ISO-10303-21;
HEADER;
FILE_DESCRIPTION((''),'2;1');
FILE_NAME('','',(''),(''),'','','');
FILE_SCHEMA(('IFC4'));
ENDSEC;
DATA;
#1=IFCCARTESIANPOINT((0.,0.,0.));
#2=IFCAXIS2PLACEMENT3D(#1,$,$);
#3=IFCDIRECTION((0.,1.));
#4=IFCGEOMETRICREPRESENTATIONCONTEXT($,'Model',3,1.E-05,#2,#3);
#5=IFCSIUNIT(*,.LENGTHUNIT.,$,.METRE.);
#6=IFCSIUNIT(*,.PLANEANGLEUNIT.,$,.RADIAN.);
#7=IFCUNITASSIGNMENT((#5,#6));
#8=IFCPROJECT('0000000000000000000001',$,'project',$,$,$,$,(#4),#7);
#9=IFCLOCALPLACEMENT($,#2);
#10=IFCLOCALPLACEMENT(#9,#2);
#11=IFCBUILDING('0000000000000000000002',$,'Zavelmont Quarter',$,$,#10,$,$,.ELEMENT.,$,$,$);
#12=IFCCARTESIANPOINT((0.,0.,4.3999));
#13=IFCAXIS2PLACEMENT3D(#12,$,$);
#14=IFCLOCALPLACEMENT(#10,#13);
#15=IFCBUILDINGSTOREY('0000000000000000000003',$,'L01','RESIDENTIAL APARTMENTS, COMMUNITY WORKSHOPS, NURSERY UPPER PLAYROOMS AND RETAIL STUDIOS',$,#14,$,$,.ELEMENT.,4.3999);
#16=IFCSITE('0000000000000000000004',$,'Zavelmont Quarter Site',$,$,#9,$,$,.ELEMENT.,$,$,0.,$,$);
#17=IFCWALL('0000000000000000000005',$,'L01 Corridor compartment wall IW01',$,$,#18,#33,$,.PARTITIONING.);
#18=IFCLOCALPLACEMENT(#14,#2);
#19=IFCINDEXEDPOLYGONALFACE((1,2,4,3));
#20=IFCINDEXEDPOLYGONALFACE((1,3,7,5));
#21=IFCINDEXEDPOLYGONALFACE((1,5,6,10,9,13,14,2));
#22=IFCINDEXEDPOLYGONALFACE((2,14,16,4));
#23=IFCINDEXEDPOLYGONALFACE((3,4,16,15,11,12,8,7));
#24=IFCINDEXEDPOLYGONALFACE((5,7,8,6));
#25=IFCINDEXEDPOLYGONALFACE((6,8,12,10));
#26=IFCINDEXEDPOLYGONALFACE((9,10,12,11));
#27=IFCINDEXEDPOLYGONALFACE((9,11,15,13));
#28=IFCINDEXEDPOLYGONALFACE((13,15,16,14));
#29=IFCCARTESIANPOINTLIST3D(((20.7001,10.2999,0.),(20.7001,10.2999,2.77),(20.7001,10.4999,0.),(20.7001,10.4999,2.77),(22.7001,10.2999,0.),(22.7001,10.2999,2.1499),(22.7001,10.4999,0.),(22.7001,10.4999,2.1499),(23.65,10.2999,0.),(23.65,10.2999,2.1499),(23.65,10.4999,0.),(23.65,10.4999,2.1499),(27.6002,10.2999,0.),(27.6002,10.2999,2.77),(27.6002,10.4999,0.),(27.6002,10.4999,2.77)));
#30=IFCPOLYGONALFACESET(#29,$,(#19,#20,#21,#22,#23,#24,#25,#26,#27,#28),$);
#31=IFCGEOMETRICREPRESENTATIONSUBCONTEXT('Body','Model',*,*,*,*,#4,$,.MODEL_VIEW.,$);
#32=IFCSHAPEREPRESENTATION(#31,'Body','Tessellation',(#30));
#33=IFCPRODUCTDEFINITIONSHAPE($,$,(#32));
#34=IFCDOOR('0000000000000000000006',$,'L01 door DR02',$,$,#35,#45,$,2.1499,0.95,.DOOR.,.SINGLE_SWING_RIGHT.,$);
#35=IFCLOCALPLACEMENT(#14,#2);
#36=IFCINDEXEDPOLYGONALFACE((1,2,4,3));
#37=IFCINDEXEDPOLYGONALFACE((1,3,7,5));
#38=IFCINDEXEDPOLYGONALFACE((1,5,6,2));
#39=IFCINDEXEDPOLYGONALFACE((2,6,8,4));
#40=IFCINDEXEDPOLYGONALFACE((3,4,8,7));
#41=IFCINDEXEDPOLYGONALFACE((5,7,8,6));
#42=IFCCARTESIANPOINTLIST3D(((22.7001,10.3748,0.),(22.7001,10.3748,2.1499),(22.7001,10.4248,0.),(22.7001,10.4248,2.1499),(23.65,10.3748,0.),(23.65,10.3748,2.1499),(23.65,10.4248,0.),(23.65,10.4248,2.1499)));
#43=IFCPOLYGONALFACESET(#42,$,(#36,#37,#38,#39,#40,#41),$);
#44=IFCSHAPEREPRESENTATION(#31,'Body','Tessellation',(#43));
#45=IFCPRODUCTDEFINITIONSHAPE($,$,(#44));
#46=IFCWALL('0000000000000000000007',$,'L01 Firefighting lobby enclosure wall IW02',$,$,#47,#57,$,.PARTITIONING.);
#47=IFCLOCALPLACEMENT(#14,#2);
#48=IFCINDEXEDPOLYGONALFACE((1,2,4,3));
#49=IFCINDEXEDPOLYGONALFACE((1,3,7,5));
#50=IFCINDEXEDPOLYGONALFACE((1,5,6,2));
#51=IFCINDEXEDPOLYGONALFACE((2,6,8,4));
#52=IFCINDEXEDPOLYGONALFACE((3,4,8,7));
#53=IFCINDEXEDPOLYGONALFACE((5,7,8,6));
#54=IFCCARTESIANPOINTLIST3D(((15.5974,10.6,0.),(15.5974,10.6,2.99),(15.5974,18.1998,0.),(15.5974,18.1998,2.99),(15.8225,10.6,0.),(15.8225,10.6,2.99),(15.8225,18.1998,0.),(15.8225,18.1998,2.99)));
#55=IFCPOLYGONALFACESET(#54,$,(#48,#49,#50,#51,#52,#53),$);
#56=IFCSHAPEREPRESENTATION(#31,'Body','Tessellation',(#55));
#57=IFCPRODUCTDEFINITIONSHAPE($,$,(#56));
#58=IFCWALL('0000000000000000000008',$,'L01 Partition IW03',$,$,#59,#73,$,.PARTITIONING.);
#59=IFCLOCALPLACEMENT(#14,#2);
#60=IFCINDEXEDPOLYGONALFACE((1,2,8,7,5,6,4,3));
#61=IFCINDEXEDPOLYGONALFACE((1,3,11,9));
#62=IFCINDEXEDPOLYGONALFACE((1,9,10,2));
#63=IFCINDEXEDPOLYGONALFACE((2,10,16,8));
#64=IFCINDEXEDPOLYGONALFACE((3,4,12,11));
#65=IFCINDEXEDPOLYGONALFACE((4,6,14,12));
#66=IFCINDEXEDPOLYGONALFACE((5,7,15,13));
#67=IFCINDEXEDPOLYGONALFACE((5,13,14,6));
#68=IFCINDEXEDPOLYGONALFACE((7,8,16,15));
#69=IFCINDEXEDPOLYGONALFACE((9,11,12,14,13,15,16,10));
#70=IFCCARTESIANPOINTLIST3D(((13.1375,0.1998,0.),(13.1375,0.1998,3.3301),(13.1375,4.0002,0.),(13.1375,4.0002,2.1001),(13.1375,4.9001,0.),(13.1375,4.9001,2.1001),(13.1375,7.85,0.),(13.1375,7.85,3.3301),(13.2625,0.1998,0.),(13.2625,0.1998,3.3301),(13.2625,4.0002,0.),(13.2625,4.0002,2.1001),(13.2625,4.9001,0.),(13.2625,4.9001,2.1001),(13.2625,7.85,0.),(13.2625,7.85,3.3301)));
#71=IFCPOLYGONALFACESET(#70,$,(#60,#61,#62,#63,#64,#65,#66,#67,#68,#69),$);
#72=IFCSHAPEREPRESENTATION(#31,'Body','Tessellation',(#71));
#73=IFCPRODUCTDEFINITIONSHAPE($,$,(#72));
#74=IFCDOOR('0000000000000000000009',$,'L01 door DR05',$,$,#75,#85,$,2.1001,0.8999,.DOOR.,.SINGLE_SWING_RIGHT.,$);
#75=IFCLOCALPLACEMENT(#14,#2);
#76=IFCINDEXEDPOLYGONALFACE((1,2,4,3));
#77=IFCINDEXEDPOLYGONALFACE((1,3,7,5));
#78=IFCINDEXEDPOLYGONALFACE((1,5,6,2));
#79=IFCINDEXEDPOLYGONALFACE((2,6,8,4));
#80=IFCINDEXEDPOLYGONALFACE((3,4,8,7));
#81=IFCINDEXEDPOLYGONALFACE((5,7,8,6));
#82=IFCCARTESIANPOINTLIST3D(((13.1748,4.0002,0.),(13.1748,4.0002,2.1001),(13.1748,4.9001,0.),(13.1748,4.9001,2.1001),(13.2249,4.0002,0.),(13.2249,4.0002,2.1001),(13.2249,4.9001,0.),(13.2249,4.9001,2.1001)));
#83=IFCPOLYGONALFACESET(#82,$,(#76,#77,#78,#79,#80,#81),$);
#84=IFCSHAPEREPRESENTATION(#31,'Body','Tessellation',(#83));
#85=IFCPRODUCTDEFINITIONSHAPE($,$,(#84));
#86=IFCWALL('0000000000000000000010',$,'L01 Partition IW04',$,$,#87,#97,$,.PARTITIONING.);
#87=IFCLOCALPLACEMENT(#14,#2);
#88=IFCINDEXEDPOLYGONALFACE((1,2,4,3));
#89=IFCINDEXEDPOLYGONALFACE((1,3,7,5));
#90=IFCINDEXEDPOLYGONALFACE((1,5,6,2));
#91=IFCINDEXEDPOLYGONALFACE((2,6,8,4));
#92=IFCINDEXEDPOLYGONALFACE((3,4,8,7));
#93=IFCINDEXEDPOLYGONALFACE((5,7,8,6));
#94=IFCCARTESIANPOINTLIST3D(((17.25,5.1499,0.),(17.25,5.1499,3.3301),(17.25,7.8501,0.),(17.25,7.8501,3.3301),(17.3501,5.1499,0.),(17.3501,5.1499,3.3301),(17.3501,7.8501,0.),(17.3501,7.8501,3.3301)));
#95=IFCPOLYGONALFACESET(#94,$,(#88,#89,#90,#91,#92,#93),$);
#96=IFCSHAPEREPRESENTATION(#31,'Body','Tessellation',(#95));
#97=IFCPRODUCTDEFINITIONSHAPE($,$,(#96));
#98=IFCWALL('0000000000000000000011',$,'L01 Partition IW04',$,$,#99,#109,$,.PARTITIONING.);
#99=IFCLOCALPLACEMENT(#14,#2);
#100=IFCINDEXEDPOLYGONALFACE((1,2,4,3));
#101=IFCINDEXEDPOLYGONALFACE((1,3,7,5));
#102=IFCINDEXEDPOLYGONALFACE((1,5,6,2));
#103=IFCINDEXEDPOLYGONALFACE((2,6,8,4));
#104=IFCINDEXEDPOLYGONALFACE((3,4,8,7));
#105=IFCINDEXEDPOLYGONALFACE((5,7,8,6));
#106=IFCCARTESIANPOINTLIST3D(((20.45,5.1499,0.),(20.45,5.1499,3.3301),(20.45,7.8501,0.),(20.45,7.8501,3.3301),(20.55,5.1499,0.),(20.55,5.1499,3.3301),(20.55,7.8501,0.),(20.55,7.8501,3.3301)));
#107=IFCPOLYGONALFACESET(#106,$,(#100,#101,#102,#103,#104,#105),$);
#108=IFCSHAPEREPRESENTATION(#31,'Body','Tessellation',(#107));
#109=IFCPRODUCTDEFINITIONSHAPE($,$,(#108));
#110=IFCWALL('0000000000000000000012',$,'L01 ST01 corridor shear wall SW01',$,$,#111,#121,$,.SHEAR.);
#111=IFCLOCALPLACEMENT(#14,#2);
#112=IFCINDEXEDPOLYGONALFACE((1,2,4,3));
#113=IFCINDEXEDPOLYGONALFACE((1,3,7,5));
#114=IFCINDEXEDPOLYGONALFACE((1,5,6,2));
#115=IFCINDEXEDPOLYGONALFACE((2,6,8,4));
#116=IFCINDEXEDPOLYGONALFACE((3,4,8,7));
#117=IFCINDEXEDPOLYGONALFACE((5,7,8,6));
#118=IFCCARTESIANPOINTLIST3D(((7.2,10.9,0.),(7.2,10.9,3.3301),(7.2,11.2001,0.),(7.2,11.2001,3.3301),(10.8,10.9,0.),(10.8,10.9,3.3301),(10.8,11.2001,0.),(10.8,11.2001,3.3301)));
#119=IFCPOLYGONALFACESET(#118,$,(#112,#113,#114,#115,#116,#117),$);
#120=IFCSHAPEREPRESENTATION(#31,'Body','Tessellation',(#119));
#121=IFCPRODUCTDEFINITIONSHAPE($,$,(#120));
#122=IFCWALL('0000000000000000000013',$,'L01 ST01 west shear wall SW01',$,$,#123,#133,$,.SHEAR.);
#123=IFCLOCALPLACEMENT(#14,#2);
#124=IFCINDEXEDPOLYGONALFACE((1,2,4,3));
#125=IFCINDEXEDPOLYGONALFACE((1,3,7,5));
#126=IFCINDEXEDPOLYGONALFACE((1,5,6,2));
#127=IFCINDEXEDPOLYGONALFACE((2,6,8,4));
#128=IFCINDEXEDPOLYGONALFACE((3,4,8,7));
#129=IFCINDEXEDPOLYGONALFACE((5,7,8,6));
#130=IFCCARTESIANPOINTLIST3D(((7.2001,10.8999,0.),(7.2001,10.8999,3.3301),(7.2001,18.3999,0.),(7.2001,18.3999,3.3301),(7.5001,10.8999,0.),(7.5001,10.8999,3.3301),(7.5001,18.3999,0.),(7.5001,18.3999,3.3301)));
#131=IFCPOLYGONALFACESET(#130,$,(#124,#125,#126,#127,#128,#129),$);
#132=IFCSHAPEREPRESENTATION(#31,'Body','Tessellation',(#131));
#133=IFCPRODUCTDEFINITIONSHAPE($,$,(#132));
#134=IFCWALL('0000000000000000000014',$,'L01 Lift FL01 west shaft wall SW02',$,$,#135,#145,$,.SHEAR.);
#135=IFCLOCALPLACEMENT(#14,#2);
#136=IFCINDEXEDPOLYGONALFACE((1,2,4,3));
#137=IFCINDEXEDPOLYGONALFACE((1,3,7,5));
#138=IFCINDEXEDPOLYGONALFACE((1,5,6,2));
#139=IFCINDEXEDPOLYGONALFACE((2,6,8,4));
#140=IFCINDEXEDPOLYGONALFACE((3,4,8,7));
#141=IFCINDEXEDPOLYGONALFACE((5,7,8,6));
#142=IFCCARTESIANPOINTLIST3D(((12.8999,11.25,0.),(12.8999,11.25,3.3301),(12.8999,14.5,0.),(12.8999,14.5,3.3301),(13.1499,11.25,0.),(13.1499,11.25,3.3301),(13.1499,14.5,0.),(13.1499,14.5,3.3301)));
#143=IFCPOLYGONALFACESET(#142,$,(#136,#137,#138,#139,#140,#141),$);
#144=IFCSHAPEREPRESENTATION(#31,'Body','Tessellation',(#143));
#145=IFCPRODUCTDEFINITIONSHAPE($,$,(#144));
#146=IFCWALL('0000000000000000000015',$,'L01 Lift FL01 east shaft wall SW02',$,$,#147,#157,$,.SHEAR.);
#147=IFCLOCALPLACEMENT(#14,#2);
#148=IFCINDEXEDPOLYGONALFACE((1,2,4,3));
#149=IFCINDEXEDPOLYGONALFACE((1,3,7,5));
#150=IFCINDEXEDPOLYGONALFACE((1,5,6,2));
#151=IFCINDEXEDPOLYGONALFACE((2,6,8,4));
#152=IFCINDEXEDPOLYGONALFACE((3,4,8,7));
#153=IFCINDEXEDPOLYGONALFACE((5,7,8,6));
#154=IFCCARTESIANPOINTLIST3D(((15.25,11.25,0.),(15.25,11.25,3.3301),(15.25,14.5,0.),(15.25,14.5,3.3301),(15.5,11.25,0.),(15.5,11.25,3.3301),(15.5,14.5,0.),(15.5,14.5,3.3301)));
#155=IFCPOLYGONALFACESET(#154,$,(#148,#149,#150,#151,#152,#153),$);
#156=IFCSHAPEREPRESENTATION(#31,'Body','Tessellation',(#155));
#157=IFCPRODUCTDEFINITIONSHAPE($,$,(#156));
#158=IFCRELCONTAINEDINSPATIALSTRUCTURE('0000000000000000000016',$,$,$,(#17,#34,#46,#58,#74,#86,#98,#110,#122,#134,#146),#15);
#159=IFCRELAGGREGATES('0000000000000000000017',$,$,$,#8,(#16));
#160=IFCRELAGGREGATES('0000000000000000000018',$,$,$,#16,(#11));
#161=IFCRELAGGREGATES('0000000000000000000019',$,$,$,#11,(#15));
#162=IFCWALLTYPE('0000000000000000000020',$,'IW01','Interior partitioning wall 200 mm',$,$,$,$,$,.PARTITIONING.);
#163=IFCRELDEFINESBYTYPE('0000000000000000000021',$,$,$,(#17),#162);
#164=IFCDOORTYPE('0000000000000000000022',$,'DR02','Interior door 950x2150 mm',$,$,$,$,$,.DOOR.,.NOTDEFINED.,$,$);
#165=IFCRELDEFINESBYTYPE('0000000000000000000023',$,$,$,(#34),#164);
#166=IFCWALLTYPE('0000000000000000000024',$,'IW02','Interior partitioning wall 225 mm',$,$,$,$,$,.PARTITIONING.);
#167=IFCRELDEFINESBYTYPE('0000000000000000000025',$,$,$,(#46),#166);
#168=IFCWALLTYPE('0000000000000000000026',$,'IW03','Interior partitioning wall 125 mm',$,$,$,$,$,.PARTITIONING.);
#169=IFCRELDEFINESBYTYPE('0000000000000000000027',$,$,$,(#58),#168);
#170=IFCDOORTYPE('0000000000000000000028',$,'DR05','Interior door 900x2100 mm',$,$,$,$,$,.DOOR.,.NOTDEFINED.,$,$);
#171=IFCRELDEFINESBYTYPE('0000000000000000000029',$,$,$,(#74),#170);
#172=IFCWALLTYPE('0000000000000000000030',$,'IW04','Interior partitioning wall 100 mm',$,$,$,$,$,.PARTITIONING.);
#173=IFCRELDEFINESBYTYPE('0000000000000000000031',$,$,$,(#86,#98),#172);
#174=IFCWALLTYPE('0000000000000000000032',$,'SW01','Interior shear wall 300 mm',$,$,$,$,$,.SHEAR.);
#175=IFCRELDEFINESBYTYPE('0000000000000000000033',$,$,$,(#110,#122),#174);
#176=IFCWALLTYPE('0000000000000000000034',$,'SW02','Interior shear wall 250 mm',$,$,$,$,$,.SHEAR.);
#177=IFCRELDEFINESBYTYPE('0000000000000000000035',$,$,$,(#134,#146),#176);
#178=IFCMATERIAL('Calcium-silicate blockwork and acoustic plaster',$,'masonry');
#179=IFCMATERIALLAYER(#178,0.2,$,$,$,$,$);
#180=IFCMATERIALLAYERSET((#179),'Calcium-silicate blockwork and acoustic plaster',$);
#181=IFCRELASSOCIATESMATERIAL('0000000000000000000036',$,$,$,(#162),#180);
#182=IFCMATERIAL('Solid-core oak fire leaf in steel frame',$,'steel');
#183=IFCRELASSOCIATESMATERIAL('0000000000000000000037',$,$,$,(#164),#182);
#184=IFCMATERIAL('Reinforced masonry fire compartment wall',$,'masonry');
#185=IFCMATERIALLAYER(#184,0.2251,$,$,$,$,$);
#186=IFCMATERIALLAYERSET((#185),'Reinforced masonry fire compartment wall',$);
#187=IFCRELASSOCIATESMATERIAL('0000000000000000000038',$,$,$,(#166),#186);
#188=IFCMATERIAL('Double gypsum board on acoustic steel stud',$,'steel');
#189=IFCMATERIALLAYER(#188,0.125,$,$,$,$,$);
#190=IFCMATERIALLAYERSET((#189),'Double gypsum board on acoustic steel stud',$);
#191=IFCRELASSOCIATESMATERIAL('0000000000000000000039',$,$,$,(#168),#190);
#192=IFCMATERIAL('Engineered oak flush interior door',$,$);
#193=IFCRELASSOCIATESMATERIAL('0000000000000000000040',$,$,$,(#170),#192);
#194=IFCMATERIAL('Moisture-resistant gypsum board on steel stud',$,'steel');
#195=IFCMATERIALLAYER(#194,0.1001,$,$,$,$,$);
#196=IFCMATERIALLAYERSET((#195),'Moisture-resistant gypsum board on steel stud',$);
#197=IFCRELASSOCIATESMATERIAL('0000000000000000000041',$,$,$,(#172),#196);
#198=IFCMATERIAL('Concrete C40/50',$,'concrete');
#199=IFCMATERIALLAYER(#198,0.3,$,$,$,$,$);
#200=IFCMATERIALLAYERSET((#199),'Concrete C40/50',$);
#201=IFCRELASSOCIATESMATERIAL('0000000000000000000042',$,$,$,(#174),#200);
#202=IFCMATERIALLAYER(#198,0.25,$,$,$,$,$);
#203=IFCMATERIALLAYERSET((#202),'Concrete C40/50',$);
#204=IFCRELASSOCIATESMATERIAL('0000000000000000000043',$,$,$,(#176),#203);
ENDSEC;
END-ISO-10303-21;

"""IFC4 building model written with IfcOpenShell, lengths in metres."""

from ifc_helpers import new_model, si_unit, direction, frame, frame_2d, origin, origin_with_axes, place, context, subcontext, project, spatial, rectangle, extrude, material, layer, layer_set, type_object, element, fill, save


model = new_model("IFC4")

# Units and contexts
model_context = context("Model", 3, precision=1e-05, world=origin(), true_north=direction((0.0, 1.0)))
body_context = subcontext(model_context, "Body", "Model", "MODEL_VIEW")
ifc_project = project(units=[si_unit("LENGTHUNIT", "METRE"), si_unit("PLANEANGLEUNIT", "RADIAN")], contexts=[model_context])

# Site, building, storey
site_placement = place(None, origin())
site = spatial("IfcSite", under=ifc_project, at=site_placement, Name="Zavelmont Quarter Site", CompositionType="ELEMENT", RefElevation=0.0)
building_placement = place(site_placement, origin())
building = spatial("IfcBuilding", under=site, at=building_placement, Name="Zavelmont Quarter", CompositionType="ELEMENT")
storey_placement = place(building_placement, frame((0.0, 0.0, 4.3999)))
storey = spatial("IfcBuildingStorey", under=building, at=storey_placement, Name="L01", Description="RESIDENTIAL APARTMENTS, COMMUNITY WORKSHOPS, NURSERY UPPER PLAYROOMS AND RETAIL STUDIOS", CompositionType="ELEMENT", Elevation=4.3999)

# Shared definitions
ifc_material_1 = material(Name="Concrete C40/50", Category="concrete")

# Shared definitions
ifc_material_2 = material(Name="Calcium-silicate blockwork and acoustic plaster", Category="masonry")
ifc_layer_1 = layer(ifc_material_2, 0.2)
ifc_layer_set_1 = layer_set([ifc_layer_1], Name="Calcium-silicate blockwork and acoustic plaster")
wall_type_1 = type_object("IfcWallType", Name="IW01", Description="Interior partitioning wall 200 mm", PredefinedType="PARTITIONING", material=ifc_layer_set_1)

# Wall, opening, door
wall_1_placement = place(storey_placement, frame((20.7, 10.3999, 0.0), z_axis=(0.0, 0.0, 1.0), x_axis=(1.0, 0.0, 0.0)))
wall_1 = element("IfcWall", 1, at=wall_1_placement, inside=storey, type_object=wall_type_1, Name="L01 Corridor compartment wall IW01", PredefinedType="PARTITIONING", context=body_context, shape_type="SweptSolid", body=[
    extrude(rectangle(XDim=6.9001, YDim=0.2, at=frame_2d((3.4502, 0.0))), origin(), (0.0, 0.0, 1.0), 2.77),
])
opening_1_placement = place(wall_1_placement, frame((2.0, 0.0, 0.0)))
opening_1 = element("IfcOpeningElement", 2, at=opening_1_placement, cuts=wall_1, PredefinedType="OPENING", context=body_context, shape_type="SweptSolid", body=[
    extrude(rectangle(XDim=0.95, YDim=2.1499, at=frame_2d((0.4751, 1.075))), frame((0.0, 0.1118, 0.0), z_axis=(0.0, -1.0, 0.0), x_axis=(1.0, 0.0, 0.0)), (0.0, 0.0, 1.0), 0.2239),
])
ifc_material_3 = material(Name="Solid-core oak fire leaf in steel frame", Category="steel")
door_type_1 = type_object("IfcDoorType", Name="DR02", Description="Interior door 950x2150 mm", OperationType="NOTDEFINED", PredefinedType="DOOR", material=ifc_material_3)
door_1_placement = place(opening_1_placement, origin_with_axes())
door_1 = element("IfcDoor", 3, at=door_1_placement, inside=storey, type_object=door_type_1, Name="L01 door DR02", OperationType="SINGLE_SWING_RIGHT", OverallHeight=2.1499, OverallWidth=0.95, PredefinedType="DOOR", context=body_context, shape_type="SweptSolid", body=[
    extrude(rectangle(XDim=0.95, YDim=2.1499, at=frame_2d((0.4751, 1.075))), frame((0.0, 0.0249, 0.0), z_axis=(0.0, -1.0, 0.0), x_axis=(1.0, 0.0, 0.0)), (0.0, 0.0, 1.0), 0.05),
])
fill(opening_1, door_1)

# Wall
ifc_material_4 = material(Name="Reinforced masonry fire compartment wall", Category="masonry")
ifc_layer_2 = layer(ifc_material_4, 0.2251)
ifc_layer_set_2 = layer_set([ifc_layer_2], Name="Reinforced masonry fire compartment wall")
wall_type_2 = type_object("IfcWallType", Name="IW02", Description="Interior partitioning wall 225 mm", PredefinedType="PARTITIONING", material=ifc_layer_set_2)
wall_2_placement = place(storey_placement, frame((15.71, 10.6001, 0.0), z_axis=(0.0, 0.0, 1.0), x_axis=(0.0, 1.0, 0.0)))
element("IfcWall", 4, at=wall_2_placement, inside=storey, type_object=wall_type_2, Name="L01 Firefighting lobby enclosure wall IW02", PredefinedType="PARTITIONING", context=body_context, shape_type="SweptSolid", body=[
    extrude(rectangle(XDim=7.5999, YDim=0.2251, at=frame_2d((3.7998, 0.0))), origin(), (0.0, 0.0, 1.0), 2.99),
])

# Wall, opening, door
ifc_material_5 = material(Name="Double gypsum board on acoustic steel stud", Category="steel")
ifc_layer_3 = layer(ifc_material_5, 0.125)
ifc_layer_set_3 = layer_set([ifc_layer_3], Name="Double gypsum board on acoustic steel stud")
wall_type_3 = type_object("IfcWallType", Name="IW03", Description="Interior partitioning wall 125 mm", PredefinedType="PARTITIONING", material=ifc_layer_set_3)
wall_3_placement = place(storey_placement, frame((13.2, 7.8501, 0.0), z_axis=(0.0, 0.0, 1.0), x_axis=(0.0, -1.0, 0.0)))
wall_3 = element("IfcWall", 5, at=wall_3_placement, inside=storey, type_object=wall_type_3, Name="L01 Partition IW03", PredefinedType="PARTITIONING", context=body_context, shape_type="SweptSolid", body=[
    extrude(rectangle(XDim=7.6501, YDim=0.125, at=frame_2d((3.8252, 0.0))), origin(), (0.0, 0.0, 1.0), 3.3301),
])
opening_2_placement = place(wall_3_placement, frame((2.95, 0.0, 0.0)))
opening_2 = element("IfcOpeningElement", 6, at=opening_2_placement, cuts=wall_3, PredefinedType="OPENING", context=body_context, shape_type="SweptSolid", body=[
    extrude(rectangle(XDim=0.8999, YDim=2.1001, at=frame_2d((0.45, 1.05))), frame((0.0, 0.0745, 0.0), z_axis=(0.0, -1.0, 0.0), x_axis=(1.0, 0.0, 0.0)), (0.0, 0.0, 1.0), 0.1489),
])
ifc_material_6 = material(Name="Engineered oak flush interior door")
door_type_2 = type_object("IfcDoorType", Name="DR05", Description="Interior door 900x2100 mm", OperationType="NOTDEFINED", PredefinedType="DOOR", material=ifc_material_6)
door_2_placement = place(opening_2_placement, origin_with_axes())
door_2 = element("IfcDoor", 7, at=door_2_placement, inside=storey, type_object=door_type_2, Name="L01 door DR05", OperationType="SINGLE_SWING_RIGHT", OverallHeight=2.1001, OverallWidth=0.8999, PredefinedType="DOOR", context=body_context, shape_type="SweptSolid", body=[
    extrude(rectangle(XDim=0.8999, YDim=2.1001, at=frame_2d((0.45, 1.05))), frame((0.0, 0.0249, 0.0), z_axis=(0.0, -1.0, 0.0), x_axis=(1.0, 0.0, 0.0)), (0.0, 0.0, 1.0), 0.05),
])
fill(opening_2, door_2)

# Walls
ifc_material_7 = material(Name="Moisture-resistant gypsum board on steel stud", Category="steel")
ifc_layer_4 = layer(ifc_material_7, 0.1001)
ifc_layer_set_4 = layer_set([ifc_layer_4], Name="Moisture-resistant gypsum board on steel stud")
wall_type_4 = type_object("IfcWallType", Name="IW04", Description="Interior partitioning wall 100 mm", PredefinedType="PARTITIONING", material=ifc_layer_set_4)
for number, where, z_axis, x_axis, name in (
    (8, (17.3, 7.8501, 0.0), (0.0, 0.0, 1.0), (0.0, -1.0, 0.0), "L01 Partition IW04"),
    (9, (20.5, 7.8501, 0.0), (0.0, 0.0, 1.0), (0.0, -1.0, 0.0), "L01 Partition IW04"),
):
    element("IfcWall", number, at=place(storey_placement, frame(where, z_axis=z_axis, x_axis=x_axis)), inside=storey, type_object=wall_type_4, Name=name, PredefinedType="PARTITIONING", context=body_context, shape_type="SweptSolid", body=[
        extrude(rectangle(XDim=2.7002, YDim=0.1001, at=frame_2d((1.3501, 0.0))), origin(), (0.0, 0.0, 1.0), 3.3301),
    ])
ifc_layer_5 = layer(ifc_material_1, 0.3)
ifc_layer_set_5 = layer_set([ifc_layer_5], Name="Concrete C40/50")
wall_type_5 = type_object("IfcWallType", Name="SW01", Description="Interior shear wall 300 mm", PredefinedType="SHEAR", material=ifc_layer_set_5)
wall_4_placement = place(storey_placement, frame((7.2, 11.05, 0.0), z_axis=(0.0, 0.0, 1.0), x_axis=(1.0, 0.0, 0.0)))
element("IfcWall", 10, at=wall_4_placement, inside=storey, type_object=wall_type_5, Name="L01 ST01 corridor shear wall SW01", PredefinedType="SHEAR", context=body_context, shape_type="SweptSolid", body=[
    extrude(rectangle(XDim=3.6001, YDim=0.3, at=frame_2d((1.8, 0.0))), origin(), (0.0, 0.0, 1.0), 3.3301),
])
wall_5_placement = place(storey_placement, frame((7.3501, 10.8999, 0.0), z_axis=(0.0, 0.0, 1.0), x_axis=(0.0, 1.0, 0.0)))
element("IfcWall", 11, at=wall_5_placement, inside=storey, type_object=wall_type_5, Name="L01 ST01 west shear wall SW01", PredefinedType="SHEAR", context=body_context, shape_type="SweptSolid", body=[
    extrude(rectangle(XDim=7.5, YDim=0.3, at=frame_2d((3.75, 0.0))), origin(), (0.0, 0.0, 1.0), 3.3301),
])

# Walls
ifc_layer_6 = layer(ifc_material_1, 0.25)
ifc_layer_set_6 = layer_set([ifc_layer_6], Name="Concrete C40/50")
wall_type_6 = type_object("IfcWallType", Name="SW02", Description="Interior shear wall 250 mm", PredefinedType="SHEAR", material=ifc_layer_set_6)
for number, where, z_axis, x_axis, name in (
    (12, (13.0249, 11.25, 0.0), (0.0, 0.0, 1.0), (0.0, 1.0, 0.0), "L01 Lift FL01 west shaft wall SW02"),
    (13, (15.375, 11.25, 0.0), (0.0, 0.0, 1.0), (0.0, 1.0, 0.0), "L01 Lift FL01 east shaft wall SW02"),
):
    element("IfcWall", number, at=place(storey_placement, frame(where, z_axis=z_axis, x_axis=x_axis)), inside=storey, type_object=wall_type_6, Name=name, PredefinedType="SHEAR", context=body_context, shape_type="SweptSolid", body=[
        extrude(rectangle(XDim=3.25, YDim=0.25, at=frame_2d((1.625, 0.0))), origin(), (0.0, 0.0, 1.0), 3.3301),
    ])

save(model, "model.ifc")
